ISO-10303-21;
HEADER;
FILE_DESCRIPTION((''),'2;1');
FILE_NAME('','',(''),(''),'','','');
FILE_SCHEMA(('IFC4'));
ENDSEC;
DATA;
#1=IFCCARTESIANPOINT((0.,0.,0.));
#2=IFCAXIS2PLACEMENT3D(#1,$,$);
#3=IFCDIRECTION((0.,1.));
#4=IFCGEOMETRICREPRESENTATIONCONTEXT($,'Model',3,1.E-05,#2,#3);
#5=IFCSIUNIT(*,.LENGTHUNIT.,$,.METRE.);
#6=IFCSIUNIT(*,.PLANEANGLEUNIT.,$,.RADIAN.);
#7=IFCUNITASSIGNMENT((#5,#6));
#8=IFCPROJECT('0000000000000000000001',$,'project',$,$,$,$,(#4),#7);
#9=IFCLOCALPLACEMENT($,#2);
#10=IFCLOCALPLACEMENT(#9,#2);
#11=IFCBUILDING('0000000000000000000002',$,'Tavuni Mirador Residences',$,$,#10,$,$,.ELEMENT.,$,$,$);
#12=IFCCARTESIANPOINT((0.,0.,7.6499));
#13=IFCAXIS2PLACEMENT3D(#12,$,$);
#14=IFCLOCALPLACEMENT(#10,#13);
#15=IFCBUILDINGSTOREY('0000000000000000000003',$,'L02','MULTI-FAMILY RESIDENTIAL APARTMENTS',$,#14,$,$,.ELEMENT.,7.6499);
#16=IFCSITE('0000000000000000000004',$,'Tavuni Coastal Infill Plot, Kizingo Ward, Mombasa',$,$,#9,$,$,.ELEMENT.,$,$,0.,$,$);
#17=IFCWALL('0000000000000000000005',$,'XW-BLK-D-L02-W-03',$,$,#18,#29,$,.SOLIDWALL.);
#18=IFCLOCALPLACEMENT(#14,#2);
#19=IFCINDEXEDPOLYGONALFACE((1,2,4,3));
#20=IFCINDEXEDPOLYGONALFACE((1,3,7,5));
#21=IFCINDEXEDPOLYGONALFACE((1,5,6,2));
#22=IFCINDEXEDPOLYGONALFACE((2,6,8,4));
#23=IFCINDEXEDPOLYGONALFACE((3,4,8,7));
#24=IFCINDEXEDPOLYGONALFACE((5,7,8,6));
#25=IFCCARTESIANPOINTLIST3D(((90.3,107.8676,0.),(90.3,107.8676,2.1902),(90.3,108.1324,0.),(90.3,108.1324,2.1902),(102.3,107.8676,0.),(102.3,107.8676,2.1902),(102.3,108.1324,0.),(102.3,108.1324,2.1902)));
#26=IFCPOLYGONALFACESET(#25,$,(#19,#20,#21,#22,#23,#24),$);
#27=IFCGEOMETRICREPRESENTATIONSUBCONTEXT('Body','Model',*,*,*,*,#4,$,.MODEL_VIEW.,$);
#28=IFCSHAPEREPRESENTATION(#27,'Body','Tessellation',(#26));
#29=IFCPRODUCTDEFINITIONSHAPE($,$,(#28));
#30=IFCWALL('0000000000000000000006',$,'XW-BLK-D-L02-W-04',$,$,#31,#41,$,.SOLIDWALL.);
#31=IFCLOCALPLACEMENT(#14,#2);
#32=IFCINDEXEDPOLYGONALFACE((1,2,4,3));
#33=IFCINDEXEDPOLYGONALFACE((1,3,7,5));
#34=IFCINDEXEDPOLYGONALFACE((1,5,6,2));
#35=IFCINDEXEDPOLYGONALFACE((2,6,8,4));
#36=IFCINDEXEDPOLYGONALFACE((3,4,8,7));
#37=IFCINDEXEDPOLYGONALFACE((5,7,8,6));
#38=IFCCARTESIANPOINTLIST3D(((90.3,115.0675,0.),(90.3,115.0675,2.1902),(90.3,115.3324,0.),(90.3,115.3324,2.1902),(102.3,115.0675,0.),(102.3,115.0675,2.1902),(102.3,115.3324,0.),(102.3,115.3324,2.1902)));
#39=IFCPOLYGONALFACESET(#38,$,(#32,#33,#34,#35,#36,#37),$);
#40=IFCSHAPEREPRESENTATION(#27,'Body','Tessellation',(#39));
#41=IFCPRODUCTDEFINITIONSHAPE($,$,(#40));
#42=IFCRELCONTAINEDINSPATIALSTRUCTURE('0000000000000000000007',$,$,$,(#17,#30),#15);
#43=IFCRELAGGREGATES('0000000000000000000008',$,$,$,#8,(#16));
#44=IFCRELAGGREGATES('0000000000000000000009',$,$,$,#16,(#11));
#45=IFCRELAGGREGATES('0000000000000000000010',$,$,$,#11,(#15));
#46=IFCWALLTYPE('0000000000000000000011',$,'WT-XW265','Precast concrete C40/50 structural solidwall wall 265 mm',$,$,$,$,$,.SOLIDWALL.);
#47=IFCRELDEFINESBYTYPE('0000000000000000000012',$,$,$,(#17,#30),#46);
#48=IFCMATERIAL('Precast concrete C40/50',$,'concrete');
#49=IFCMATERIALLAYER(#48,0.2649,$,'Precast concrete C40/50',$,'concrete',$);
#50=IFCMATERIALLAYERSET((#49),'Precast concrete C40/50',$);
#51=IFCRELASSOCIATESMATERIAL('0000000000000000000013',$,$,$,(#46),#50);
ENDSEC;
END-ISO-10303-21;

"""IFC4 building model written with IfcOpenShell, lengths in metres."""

from ifc_helpers import new_model, si_unit, direction, frame, frame_2d, origin, place, context, subcontext, project, spatial, rectangle, extrude, material, layer, layer_set, type_object, element, save


model = new_model("IFC4")

# Units and contexts
model_context = context("Model", 3, precision=1e-05, world=origin(), true_north=direction((0.0, 1.0)))
body_context = subcontext(model_context, "Body", "Model", "MODEL_VIEW")
ifc_project = project(units=[si_unit("LENGTHUNIT", "METRE"), si_unit("PLANEANGLEUNIT", "RADIAN")], contexts=[model_context])

# Site, building, storey
site_placement = place(None, origin())
site = spatial("IfcSite", under=ifc_project, at=site_placement, Name="Tavuni Coastal Infill Plot, Kizingo Ward, Mombasa", CompositionType="ELEMENT", RefElevation=0.0)
building_placement = place(site_placement, origin())
building = spatial("IfcBuilding", under=site, at=building_placement, Name="Tavuni Mirador Residences", CompositionType="ELEMENT")
storey_placement = place(building_placement, frame((0.0, 0.0, 7.6499)))
storey = spatial("IfcBuildingStorey", under=building, at=storey_placement, Name="L02", Description="MULTI-FAMILY RESIDENTIAL APARTMENTS", CompositionType="ELEMENT", Elevation=7.6499)

# Shared definitions
ifc_material_1 = material(Name="Precast concrete C40/50", Category="concrete")

# Walls
ifc_layer_1 = layer(ifc_material_1, 0.2649, Name="Precast concrete C40/50", Category="concrete")
ifc_layer_set_1 = layer_set([ifc_layer_1], Name="Precast concrete C40/50")
wall_type_1 = type_object("IfcWallType", Name="WT-XW265", Description="Precast concrete C40/50 structural solidwall wall 265 mm", PredefinedType="SOLIDWALL", material=ifc_layer_set_1)
for number, where, z_axis, x_axis, name in (
    (1, (90.3, 108.0, 0.0), (0.0, 0.0, 1.0), (1.0, 0.0, 0.0), "XW-BLK-D-L02-W-03"),
    (2, (90.3, 115.2, 0.0), (0.0, 0.0, 1.0), (1.0, 0.0, 0.0), "XW-BLK-D-L02-W-04"),
):
    element("IfcWall", number, at=place(storey_placement, frame(where, z_axis=z_axis, x_axis=x_axis)), inside=storey, type_object=wall_type_1, Name=name, PredefinedType="SOLIDWALL", context=body_context, shape_type="SweptSolid", body=[
        extrude(rectangle(XDim=12.0, YDim=0.2649, at=frame_2d((6.0, 0.0))), origin(), (0.0, 0.0, 1.0), 2.1902),
    ])

save(model, "model.ifc")
